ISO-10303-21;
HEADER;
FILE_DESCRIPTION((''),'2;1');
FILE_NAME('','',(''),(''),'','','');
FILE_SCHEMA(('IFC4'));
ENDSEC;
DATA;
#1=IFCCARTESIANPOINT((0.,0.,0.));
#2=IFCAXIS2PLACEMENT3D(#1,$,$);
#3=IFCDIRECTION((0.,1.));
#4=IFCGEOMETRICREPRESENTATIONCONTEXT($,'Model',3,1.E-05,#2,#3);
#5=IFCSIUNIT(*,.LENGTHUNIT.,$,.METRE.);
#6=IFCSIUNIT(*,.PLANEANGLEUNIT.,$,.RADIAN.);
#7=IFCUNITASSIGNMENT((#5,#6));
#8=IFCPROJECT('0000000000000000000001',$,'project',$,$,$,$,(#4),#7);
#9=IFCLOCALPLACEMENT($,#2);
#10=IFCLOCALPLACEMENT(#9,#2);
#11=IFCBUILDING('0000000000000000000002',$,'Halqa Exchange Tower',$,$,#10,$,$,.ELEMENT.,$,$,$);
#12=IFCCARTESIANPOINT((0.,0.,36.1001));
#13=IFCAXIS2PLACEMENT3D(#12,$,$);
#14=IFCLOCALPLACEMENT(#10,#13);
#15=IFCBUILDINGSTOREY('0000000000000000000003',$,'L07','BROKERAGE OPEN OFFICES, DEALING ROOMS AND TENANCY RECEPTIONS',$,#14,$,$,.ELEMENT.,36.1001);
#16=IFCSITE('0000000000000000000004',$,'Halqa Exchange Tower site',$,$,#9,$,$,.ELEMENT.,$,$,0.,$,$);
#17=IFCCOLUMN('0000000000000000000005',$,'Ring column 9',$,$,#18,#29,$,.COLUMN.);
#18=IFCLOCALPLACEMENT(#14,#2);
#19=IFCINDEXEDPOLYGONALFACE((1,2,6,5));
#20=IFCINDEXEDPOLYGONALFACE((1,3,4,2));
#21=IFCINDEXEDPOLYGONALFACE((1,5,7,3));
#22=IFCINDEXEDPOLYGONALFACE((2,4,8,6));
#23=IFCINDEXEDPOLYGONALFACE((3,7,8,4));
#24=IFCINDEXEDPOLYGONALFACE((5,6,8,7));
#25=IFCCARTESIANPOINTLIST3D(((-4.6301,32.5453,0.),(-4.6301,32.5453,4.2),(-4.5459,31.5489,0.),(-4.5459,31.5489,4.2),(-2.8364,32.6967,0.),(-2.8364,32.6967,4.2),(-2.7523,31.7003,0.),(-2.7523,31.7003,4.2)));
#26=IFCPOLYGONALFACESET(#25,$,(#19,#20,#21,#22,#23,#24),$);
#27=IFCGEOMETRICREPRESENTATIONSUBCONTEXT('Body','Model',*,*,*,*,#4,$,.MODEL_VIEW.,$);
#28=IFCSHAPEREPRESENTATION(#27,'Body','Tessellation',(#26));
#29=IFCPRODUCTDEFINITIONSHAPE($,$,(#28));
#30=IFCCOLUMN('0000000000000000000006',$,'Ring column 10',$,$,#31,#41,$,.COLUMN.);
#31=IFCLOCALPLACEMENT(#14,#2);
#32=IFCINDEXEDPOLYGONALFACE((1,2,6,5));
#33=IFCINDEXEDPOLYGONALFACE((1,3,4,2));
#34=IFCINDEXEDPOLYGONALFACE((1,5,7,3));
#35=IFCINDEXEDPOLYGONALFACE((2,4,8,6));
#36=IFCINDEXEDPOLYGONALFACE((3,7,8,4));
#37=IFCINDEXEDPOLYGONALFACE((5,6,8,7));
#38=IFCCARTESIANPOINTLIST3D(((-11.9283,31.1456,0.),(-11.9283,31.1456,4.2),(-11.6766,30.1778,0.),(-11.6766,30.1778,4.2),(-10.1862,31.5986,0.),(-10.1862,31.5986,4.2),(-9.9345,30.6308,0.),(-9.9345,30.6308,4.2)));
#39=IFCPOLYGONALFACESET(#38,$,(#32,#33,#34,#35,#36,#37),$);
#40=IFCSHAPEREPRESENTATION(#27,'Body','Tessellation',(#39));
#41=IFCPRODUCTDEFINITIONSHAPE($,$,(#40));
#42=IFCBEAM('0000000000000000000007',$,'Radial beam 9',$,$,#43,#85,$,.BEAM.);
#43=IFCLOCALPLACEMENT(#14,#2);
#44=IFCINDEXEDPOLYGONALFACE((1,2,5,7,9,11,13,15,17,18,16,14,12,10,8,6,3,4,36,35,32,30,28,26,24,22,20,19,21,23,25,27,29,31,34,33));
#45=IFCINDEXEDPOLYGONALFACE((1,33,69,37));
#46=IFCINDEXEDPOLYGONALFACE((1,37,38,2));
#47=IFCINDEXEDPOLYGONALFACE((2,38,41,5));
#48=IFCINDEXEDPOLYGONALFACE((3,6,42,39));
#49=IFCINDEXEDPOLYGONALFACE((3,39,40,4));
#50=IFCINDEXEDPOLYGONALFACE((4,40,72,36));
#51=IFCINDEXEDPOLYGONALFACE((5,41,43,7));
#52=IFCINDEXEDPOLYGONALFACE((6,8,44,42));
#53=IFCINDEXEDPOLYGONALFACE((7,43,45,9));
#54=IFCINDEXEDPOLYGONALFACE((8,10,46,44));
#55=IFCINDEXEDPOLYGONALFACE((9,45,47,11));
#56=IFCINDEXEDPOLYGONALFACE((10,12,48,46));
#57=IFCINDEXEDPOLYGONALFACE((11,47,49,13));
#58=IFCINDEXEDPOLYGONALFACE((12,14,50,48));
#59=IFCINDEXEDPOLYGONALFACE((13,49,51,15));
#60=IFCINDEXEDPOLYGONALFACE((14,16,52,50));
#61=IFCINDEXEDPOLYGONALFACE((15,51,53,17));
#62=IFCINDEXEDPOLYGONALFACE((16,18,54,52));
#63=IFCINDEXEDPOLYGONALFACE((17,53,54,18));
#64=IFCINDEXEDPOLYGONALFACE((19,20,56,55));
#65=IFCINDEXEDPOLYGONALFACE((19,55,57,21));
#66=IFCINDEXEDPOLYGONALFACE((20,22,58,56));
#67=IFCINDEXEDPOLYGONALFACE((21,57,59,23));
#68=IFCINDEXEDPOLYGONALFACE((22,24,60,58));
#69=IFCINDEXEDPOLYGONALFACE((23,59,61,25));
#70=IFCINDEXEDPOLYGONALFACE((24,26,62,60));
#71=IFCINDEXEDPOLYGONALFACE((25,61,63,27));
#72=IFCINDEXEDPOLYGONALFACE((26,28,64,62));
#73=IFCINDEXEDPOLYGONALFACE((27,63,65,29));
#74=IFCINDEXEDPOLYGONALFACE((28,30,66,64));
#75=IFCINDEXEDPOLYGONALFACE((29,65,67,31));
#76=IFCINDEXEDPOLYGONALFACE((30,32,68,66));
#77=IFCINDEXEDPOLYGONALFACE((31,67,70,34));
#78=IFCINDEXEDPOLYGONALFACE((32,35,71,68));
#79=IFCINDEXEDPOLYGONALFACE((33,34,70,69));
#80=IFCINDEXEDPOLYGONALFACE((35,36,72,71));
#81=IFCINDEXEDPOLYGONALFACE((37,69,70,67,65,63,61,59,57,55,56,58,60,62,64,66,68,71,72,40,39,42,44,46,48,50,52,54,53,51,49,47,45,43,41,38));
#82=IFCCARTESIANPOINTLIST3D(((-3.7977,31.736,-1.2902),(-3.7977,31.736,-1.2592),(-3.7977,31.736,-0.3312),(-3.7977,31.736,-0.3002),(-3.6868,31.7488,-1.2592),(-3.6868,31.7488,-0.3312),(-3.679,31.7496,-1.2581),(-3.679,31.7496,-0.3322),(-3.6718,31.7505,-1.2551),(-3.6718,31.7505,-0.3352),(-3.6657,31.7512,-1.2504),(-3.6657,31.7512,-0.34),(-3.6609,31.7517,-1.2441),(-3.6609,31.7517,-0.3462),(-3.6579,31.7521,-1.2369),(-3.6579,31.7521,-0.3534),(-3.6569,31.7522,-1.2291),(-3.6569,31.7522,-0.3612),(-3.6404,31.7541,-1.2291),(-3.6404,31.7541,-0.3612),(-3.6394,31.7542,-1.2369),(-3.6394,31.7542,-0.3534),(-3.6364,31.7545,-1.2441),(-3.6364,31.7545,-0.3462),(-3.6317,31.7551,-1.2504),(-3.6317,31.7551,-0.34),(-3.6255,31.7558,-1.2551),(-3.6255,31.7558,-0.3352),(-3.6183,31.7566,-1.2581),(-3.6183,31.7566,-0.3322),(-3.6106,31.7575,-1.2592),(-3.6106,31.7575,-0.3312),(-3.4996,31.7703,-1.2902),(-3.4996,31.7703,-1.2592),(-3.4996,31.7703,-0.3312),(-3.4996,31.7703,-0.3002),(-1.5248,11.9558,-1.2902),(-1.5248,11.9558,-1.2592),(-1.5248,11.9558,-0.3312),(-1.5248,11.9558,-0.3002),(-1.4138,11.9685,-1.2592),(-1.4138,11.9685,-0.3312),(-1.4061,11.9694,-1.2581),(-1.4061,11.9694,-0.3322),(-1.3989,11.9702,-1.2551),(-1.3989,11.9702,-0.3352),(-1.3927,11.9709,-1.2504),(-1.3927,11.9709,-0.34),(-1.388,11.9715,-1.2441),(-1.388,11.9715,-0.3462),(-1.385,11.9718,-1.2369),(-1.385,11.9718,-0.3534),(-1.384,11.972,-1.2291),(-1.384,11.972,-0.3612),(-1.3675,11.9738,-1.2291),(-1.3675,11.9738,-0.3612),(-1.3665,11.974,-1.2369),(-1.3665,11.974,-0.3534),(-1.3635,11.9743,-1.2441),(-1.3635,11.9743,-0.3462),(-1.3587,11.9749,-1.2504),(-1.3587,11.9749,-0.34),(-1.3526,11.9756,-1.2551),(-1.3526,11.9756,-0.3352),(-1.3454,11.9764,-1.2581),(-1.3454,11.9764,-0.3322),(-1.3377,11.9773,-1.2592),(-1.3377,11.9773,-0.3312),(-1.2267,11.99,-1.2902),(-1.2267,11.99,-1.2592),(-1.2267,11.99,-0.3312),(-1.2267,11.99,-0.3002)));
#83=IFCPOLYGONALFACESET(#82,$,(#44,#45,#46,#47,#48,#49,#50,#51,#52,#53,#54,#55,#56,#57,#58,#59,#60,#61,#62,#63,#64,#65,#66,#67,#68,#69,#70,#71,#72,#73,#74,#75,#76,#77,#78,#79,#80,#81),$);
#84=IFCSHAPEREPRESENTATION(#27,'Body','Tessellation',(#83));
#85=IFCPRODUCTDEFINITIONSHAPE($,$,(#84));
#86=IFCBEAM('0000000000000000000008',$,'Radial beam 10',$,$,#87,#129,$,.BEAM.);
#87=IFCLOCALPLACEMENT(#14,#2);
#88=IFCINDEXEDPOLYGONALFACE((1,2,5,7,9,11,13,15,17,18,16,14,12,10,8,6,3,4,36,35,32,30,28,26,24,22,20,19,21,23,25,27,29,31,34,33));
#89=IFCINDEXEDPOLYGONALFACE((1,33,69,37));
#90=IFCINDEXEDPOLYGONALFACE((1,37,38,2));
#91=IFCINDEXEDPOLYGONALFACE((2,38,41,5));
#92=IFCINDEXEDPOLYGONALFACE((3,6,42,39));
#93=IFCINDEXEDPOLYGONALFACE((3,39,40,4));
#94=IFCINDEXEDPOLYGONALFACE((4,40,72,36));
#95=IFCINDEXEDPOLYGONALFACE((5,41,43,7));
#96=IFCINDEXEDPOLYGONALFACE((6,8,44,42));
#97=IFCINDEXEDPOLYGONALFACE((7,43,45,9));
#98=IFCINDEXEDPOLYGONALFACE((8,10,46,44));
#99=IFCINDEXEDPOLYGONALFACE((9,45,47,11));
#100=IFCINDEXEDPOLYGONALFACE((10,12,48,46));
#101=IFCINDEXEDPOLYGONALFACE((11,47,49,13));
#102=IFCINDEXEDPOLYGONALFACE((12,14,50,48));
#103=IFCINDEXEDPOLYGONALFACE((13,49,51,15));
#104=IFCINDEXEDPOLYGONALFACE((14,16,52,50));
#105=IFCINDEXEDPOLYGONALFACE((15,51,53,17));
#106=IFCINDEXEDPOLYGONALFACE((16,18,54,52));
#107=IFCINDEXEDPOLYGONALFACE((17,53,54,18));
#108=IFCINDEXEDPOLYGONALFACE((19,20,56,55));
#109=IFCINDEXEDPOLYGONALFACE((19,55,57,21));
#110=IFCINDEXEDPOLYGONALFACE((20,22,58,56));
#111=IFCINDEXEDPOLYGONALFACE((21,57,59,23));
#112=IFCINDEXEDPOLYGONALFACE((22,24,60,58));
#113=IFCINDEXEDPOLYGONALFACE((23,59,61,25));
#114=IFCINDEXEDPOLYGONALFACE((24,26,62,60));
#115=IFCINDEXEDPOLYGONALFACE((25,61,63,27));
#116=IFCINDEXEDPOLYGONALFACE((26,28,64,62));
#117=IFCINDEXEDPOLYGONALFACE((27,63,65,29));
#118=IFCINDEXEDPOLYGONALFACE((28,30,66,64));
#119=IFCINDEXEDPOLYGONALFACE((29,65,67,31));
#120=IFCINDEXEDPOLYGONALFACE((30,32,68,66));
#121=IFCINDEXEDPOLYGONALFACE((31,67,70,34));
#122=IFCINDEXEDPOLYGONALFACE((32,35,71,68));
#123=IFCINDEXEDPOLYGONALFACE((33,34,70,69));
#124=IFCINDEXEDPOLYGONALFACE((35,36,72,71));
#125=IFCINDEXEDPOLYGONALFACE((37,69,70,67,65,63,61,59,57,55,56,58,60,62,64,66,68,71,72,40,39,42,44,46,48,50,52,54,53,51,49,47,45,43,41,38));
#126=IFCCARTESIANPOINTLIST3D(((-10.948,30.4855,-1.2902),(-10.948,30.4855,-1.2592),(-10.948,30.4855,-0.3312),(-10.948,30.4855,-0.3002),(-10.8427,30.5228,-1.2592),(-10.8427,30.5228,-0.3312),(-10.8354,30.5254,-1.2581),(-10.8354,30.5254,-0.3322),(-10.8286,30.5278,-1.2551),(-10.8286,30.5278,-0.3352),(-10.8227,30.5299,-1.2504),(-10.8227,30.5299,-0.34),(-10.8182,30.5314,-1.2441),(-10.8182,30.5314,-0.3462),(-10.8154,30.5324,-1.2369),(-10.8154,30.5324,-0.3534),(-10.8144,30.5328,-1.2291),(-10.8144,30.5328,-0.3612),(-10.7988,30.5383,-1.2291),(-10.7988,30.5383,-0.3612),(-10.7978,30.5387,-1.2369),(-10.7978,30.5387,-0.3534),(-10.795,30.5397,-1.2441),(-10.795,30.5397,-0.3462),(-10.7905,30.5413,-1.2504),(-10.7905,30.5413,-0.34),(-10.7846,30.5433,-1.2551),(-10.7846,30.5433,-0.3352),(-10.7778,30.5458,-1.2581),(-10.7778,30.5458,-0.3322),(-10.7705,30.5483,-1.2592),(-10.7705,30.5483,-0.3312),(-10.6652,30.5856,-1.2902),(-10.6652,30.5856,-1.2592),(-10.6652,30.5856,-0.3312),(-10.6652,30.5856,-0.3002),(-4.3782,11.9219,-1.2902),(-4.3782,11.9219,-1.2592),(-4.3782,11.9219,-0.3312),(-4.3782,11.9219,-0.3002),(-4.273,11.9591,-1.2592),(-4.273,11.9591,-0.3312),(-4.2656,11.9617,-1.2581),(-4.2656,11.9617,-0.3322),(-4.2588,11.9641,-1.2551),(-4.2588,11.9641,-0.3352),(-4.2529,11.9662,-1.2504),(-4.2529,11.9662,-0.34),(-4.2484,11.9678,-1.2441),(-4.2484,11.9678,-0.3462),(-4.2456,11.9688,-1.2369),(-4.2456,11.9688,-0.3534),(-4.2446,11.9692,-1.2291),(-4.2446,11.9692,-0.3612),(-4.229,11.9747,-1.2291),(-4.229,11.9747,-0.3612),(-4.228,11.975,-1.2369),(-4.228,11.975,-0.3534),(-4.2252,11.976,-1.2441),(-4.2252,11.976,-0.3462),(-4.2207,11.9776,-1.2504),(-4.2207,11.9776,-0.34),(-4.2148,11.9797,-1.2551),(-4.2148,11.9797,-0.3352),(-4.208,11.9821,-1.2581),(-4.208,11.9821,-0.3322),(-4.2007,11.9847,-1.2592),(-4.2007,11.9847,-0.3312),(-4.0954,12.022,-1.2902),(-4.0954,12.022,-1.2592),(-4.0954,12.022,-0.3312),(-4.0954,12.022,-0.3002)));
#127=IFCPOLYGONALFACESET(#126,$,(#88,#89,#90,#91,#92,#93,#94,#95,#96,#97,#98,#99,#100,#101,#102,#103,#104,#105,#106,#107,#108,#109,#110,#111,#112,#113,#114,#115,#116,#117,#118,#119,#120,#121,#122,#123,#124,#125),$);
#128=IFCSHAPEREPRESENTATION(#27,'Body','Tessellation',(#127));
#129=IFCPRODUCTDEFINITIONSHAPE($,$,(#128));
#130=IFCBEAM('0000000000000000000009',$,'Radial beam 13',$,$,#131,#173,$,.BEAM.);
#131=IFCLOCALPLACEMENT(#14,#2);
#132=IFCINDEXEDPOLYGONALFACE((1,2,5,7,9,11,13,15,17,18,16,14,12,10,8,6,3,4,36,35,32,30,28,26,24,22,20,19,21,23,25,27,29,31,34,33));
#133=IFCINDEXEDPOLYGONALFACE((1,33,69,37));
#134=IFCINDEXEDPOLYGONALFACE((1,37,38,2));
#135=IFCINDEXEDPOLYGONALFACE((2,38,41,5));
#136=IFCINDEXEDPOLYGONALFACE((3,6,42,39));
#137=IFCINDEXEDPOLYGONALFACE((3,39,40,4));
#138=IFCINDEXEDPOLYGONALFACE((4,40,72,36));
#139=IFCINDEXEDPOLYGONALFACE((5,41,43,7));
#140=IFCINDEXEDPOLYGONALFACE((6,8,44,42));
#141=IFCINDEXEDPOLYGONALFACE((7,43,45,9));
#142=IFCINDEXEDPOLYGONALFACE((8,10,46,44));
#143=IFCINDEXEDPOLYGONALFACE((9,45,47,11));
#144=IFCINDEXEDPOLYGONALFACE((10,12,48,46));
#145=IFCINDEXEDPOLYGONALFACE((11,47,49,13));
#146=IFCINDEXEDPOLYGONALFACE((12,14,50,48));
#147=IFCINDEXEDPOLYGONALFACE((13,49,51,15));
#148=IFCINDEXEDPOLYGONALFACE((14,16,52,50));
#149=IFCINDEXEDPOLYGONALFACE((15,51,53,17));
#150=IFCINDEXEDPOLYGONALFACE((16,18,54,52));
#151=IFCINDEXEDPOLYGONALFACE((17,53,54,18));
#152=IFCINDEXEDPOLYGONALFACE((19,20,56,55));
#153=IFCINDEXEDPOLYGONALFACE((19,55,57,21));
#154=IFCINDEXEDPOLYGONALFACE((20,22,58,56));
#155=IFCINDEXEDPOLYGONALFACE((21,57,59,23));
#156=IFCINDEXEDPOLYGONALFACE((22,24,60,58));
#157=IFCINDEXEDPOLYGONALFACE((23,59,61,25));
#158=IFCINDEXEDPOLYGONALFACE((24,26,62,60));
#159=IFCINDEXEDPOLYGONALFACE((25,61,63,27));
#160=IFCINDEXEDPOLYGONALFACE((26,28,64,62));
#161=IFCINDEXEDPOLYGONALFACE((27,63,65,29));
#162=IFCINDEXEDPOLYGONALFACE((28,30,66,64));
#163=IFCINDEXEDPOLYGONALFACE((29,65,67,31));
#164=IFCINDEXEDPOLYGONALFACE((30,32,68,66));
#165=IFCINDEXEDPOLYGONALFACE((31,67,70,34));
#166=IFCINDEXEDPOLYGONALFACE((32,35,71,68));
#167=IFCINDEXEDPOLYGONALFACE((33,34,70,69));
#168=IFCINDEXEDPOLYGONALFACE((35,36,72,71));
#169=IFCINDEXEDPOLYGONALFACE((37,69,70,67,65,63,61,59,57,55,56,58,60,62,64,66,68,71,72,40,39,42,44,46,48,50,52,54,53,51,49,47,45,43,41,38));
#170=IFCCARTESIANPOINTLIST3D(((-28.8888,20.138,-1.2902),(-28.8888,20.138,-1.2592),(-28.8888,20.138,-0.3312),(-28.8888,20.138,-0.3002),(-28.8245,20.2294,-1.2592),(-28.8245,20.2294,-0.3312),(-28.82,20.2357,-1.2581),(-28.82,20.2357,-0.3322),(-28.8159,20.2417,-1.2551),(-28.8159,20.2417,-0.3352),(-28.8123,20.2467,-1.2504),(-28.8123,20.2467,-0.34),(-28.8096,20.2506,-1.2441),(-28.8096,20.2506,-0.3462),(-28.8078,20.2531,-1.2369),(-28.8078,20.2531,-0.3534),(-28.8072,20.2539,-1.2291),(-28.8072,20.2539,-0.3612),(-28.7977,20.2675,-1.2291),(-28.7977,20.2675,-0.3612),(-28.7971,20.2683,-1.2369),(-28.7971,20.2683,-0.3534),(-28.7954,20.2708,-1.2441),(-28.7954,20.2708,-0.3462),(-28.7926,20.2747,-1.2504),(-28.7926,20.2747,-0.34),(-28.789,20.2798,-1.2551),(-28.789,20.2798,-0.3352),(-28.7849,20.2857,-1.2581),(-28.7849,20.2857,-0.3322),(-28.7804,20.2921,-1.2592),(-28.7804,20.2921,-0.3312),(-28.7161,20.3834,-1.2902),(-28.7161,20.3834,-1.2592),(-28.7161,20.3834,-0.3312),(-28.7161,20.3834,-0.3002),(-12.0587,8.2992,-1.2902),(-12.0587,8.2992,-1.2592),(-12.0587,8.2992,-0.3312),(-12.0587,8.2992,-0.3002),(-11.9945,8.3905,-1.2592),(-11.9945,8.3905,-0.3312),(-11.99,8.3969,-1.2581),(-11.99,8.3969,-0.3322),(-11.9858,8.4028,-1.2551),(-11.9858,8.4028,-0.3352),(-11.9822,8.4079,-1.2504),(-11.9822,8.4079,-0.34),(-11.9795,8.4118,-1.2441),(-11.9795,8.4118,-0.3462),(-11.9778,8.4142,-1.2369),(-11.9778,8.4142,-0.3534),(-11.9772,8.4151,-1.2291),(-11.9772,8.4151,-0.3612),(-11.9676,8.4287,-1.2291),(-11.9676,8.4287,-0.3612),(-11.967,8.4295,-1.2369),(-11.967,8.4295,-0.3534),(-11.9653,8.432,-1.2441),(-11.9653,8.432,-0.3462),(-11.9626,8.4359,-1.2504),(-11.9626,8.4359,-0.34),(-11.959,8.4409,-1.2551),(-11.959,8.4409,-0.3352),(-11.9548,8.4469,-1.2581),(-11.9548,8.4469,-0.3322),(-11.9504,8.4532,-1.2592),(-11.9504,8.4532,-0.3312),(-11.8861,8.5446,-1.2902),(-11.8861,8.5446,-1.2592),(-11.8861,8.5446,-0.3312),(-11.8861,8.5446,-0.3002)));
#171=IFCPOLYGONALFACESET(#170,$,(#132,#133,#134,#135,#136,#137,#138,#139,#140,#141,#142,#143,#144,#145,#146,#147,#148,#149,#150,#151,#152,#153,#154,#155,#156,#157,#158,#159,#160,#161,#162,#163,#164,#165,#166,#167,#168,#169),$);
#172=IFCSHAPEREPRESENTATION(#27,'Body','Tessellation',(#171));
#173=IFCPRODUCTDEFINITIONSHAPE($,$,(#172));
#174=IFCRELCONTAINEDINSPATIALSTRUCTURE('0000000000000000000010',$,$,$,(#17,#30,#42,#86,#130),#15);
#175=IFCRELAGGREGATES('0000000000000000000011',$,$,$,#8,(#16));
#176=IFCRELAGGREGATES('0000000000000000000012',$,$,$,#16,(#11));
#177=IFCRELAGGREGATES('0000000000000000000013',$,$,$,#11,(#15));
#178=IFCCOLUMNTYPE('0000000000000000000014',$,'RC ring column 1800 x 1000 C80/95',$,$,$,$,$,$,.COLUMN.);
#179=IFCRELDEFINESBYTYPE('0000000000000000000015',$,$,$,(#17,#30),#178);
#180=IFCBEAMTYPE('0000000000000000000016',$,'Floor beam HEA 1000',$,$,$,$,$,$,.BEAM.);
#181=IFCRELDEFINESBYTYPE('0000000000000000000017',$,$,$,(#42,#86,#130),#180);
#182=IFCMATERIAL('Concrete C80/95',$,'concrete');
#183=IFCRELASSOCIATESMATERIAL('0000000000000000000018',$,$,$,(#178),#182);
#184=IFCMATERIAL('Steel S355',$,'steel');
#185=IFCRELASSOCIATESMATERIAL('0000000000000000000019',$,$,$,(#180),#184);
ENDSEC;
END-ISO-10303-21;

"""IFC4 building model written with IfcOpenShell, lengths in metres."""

from ifc_helpers import new_model, si_unit, direction, frame, origin, origin_2d, place, context, subcontext, project, spatial, rectangle, i_section, extrude, material, material_profile, profile_set, type_object, element, save


model = new_model("IFC4")

# Units and contexts
model_context = context("Model", 3, precision=1e-05, world=origin(), true_north=direction((0.0, 1.0)))
body_context = subcontext(model_context, "Body", "Model", "MODEL_VIEW")
ifc_project = project(units=[si_unit("LENGTHUNIT", "METRE"), si_unit("PLANEANGLEUNIT", "RADIAN")], contexts=[model_context])

# Site, building, storey
site_placement = place(None, origin())
site = spatial("IfcSite", under=ifc_project, at=site_placement, Name="Halqa Exchange Tower site", CompositionType="ELEMENT", RefElevation=0.0)
building_placement = place(site_placement, origin())
building = spatial("IfcBuilding", under=site, at=building_placement, Name="Halqa Exchange Tower", CompositionType="ELEMENT")
storey_placement = place(building_placement, frame((0.0, 0.0, 36.1001)))
storey = spatial("IfcBuildingStorey", under=building, at=storey_placement, Name="L07", Description="BROKERAGE OPEN OFFICES, DEALING ROOMS AND TENANCY RECEPTIONS", CompositionType="ELEMENT", Elevation=36.1001)

# Columns
ifc_material_1 = material(Name="Concrete C80/95", Category="concrete")
ifc_material_profile_1 = material_profile(ifc_material_1, rectangle(XDim=1.8, YDim=1.0, at=origin_2d()), Name="1800 x 1000")
ifc_profile_set_1 = profile_set([ifc_material_profile_1], Name="Concrete C80/95")
column_type = type_object("IfcColumnType", Name="RC ring column 1800 x 1000 C80/95", PredefinedType="COLUMN", material=ifc_profile_set_1)
for number, where, z_axis, x_axis, name in (
    (1, (-3.6912, 32.1228, 0.0), (0.0, 0.0, 1.0), (-0.996455, -0.084125, 0.0), "Ring column 9"),
    (2, (-10.9314, 30.8882, 0.0), (0.0, 0.0, 1.0), (-0.967819, -0.251647, 0.0), "Ring column 10"),
):
    element("IfcColumn", number, at=place(storey_placement, frame(where, z_axis=z_axis, x_axis=x_axis)), inside=storey, type_object=column_type, Name=name, PredefinedType="COLUMN", context=body_context, shape_type="SweptSolid", body=[
        extrude(rectangle(XDim=1.8, YDim=1.0, at=origin_2d()), origin(), (0.0, 0.0, 1.0), 4.2),
    ])

# Beams
ifc_material_2 = material(Name="Steel S355", Category="steel")
ifc_material_profile_2 = material_profile(ifc_material_2, i_section(OverallWidth=0.3, OverallDepth=0.99, WebThickness=0.0166, FlangeThickness=0.031, FilletRadius=0.03, at=origin_2d()), Name="HEA 1000")
ifc_profile_set_2 = profile_set([ifc_material_profile_2], Name="Steel S355")
beam_type_1 = type_object("IfcBeamType", Name="Floor beam HEA 1000", PredefinedType="BEAM", material=ifc_profile_set_2)
beam_1_placement = place(storey_placement, frame((-1.3757, 11.9729, -0.7952), z_axis=(-0.114159, 0.993463, 0.0), x_axis=(-0.993463, -0.114159, 0.0)))
element("IfcBeam", 3, at=beam_1_placement, inside=storey, type_object=beam_type_1, Name="Radial beam 9", PredefinedType="BEAM", context=body_context, shape_type="SweptSolid", body=[
    extrude(i_section(OverallWidth=0.3, OverallDepth=0.99, WebThickness=0.0166, FlangeThickness=0.031, FilletRadius=0.03, at=origin_2d()), origin(), (0.0, 0.0, 1.0), 19.9104),
])
beam_2_placement = place(storey_placement, frame((-4.2368, 11.9719, -0.7952), z_axis=(-0.333629, 0.942704, 0.0), x_axis=(-0.942704, -0.333629, 0.0)))
element("IfcBeam", 4, at=beam_2_placement, inside=storey, type_object=beam_type_1, Name="Radial beam 10", PredefinedType="BEAM", context=body_context, shape_type="SweptSolid", body=[
    extrude(i_section(OverallWidth=0.3, OverallDepth=0.99, WebThickness=0.0166, FlangeThickness=0.031, FilletRadius=0.03, at=origin_2d()), origin(), (0.0, 0.0, 1.0), 19.6919),
])
beam_3_placement = place(storey_placement, frame((-11.9724, 8.4219, -0.7952), z_axis=(-0.81791, 0.575346, 0.0), x_axis=(-0.575346, -0.81791, 0.0)))
element("IfcBeam", 5, at=beam_3_placement, inside=storey, type_object=beam_type_1, Name="Radial beam 13", PredefinedType="BEAM", context=body_context, shape_type="SweptSolid", body=[
    extrude(i_section(OverallWidth=0.3, OverallDepth=0.99, WebThickness=0.0166, FlangeThickness=0.031, FilletRadius=0.03, at=origin_2d()), origin(), (0.0, 0.0, 1.0), 20.5769),
])

save(model, "model.ifc")
